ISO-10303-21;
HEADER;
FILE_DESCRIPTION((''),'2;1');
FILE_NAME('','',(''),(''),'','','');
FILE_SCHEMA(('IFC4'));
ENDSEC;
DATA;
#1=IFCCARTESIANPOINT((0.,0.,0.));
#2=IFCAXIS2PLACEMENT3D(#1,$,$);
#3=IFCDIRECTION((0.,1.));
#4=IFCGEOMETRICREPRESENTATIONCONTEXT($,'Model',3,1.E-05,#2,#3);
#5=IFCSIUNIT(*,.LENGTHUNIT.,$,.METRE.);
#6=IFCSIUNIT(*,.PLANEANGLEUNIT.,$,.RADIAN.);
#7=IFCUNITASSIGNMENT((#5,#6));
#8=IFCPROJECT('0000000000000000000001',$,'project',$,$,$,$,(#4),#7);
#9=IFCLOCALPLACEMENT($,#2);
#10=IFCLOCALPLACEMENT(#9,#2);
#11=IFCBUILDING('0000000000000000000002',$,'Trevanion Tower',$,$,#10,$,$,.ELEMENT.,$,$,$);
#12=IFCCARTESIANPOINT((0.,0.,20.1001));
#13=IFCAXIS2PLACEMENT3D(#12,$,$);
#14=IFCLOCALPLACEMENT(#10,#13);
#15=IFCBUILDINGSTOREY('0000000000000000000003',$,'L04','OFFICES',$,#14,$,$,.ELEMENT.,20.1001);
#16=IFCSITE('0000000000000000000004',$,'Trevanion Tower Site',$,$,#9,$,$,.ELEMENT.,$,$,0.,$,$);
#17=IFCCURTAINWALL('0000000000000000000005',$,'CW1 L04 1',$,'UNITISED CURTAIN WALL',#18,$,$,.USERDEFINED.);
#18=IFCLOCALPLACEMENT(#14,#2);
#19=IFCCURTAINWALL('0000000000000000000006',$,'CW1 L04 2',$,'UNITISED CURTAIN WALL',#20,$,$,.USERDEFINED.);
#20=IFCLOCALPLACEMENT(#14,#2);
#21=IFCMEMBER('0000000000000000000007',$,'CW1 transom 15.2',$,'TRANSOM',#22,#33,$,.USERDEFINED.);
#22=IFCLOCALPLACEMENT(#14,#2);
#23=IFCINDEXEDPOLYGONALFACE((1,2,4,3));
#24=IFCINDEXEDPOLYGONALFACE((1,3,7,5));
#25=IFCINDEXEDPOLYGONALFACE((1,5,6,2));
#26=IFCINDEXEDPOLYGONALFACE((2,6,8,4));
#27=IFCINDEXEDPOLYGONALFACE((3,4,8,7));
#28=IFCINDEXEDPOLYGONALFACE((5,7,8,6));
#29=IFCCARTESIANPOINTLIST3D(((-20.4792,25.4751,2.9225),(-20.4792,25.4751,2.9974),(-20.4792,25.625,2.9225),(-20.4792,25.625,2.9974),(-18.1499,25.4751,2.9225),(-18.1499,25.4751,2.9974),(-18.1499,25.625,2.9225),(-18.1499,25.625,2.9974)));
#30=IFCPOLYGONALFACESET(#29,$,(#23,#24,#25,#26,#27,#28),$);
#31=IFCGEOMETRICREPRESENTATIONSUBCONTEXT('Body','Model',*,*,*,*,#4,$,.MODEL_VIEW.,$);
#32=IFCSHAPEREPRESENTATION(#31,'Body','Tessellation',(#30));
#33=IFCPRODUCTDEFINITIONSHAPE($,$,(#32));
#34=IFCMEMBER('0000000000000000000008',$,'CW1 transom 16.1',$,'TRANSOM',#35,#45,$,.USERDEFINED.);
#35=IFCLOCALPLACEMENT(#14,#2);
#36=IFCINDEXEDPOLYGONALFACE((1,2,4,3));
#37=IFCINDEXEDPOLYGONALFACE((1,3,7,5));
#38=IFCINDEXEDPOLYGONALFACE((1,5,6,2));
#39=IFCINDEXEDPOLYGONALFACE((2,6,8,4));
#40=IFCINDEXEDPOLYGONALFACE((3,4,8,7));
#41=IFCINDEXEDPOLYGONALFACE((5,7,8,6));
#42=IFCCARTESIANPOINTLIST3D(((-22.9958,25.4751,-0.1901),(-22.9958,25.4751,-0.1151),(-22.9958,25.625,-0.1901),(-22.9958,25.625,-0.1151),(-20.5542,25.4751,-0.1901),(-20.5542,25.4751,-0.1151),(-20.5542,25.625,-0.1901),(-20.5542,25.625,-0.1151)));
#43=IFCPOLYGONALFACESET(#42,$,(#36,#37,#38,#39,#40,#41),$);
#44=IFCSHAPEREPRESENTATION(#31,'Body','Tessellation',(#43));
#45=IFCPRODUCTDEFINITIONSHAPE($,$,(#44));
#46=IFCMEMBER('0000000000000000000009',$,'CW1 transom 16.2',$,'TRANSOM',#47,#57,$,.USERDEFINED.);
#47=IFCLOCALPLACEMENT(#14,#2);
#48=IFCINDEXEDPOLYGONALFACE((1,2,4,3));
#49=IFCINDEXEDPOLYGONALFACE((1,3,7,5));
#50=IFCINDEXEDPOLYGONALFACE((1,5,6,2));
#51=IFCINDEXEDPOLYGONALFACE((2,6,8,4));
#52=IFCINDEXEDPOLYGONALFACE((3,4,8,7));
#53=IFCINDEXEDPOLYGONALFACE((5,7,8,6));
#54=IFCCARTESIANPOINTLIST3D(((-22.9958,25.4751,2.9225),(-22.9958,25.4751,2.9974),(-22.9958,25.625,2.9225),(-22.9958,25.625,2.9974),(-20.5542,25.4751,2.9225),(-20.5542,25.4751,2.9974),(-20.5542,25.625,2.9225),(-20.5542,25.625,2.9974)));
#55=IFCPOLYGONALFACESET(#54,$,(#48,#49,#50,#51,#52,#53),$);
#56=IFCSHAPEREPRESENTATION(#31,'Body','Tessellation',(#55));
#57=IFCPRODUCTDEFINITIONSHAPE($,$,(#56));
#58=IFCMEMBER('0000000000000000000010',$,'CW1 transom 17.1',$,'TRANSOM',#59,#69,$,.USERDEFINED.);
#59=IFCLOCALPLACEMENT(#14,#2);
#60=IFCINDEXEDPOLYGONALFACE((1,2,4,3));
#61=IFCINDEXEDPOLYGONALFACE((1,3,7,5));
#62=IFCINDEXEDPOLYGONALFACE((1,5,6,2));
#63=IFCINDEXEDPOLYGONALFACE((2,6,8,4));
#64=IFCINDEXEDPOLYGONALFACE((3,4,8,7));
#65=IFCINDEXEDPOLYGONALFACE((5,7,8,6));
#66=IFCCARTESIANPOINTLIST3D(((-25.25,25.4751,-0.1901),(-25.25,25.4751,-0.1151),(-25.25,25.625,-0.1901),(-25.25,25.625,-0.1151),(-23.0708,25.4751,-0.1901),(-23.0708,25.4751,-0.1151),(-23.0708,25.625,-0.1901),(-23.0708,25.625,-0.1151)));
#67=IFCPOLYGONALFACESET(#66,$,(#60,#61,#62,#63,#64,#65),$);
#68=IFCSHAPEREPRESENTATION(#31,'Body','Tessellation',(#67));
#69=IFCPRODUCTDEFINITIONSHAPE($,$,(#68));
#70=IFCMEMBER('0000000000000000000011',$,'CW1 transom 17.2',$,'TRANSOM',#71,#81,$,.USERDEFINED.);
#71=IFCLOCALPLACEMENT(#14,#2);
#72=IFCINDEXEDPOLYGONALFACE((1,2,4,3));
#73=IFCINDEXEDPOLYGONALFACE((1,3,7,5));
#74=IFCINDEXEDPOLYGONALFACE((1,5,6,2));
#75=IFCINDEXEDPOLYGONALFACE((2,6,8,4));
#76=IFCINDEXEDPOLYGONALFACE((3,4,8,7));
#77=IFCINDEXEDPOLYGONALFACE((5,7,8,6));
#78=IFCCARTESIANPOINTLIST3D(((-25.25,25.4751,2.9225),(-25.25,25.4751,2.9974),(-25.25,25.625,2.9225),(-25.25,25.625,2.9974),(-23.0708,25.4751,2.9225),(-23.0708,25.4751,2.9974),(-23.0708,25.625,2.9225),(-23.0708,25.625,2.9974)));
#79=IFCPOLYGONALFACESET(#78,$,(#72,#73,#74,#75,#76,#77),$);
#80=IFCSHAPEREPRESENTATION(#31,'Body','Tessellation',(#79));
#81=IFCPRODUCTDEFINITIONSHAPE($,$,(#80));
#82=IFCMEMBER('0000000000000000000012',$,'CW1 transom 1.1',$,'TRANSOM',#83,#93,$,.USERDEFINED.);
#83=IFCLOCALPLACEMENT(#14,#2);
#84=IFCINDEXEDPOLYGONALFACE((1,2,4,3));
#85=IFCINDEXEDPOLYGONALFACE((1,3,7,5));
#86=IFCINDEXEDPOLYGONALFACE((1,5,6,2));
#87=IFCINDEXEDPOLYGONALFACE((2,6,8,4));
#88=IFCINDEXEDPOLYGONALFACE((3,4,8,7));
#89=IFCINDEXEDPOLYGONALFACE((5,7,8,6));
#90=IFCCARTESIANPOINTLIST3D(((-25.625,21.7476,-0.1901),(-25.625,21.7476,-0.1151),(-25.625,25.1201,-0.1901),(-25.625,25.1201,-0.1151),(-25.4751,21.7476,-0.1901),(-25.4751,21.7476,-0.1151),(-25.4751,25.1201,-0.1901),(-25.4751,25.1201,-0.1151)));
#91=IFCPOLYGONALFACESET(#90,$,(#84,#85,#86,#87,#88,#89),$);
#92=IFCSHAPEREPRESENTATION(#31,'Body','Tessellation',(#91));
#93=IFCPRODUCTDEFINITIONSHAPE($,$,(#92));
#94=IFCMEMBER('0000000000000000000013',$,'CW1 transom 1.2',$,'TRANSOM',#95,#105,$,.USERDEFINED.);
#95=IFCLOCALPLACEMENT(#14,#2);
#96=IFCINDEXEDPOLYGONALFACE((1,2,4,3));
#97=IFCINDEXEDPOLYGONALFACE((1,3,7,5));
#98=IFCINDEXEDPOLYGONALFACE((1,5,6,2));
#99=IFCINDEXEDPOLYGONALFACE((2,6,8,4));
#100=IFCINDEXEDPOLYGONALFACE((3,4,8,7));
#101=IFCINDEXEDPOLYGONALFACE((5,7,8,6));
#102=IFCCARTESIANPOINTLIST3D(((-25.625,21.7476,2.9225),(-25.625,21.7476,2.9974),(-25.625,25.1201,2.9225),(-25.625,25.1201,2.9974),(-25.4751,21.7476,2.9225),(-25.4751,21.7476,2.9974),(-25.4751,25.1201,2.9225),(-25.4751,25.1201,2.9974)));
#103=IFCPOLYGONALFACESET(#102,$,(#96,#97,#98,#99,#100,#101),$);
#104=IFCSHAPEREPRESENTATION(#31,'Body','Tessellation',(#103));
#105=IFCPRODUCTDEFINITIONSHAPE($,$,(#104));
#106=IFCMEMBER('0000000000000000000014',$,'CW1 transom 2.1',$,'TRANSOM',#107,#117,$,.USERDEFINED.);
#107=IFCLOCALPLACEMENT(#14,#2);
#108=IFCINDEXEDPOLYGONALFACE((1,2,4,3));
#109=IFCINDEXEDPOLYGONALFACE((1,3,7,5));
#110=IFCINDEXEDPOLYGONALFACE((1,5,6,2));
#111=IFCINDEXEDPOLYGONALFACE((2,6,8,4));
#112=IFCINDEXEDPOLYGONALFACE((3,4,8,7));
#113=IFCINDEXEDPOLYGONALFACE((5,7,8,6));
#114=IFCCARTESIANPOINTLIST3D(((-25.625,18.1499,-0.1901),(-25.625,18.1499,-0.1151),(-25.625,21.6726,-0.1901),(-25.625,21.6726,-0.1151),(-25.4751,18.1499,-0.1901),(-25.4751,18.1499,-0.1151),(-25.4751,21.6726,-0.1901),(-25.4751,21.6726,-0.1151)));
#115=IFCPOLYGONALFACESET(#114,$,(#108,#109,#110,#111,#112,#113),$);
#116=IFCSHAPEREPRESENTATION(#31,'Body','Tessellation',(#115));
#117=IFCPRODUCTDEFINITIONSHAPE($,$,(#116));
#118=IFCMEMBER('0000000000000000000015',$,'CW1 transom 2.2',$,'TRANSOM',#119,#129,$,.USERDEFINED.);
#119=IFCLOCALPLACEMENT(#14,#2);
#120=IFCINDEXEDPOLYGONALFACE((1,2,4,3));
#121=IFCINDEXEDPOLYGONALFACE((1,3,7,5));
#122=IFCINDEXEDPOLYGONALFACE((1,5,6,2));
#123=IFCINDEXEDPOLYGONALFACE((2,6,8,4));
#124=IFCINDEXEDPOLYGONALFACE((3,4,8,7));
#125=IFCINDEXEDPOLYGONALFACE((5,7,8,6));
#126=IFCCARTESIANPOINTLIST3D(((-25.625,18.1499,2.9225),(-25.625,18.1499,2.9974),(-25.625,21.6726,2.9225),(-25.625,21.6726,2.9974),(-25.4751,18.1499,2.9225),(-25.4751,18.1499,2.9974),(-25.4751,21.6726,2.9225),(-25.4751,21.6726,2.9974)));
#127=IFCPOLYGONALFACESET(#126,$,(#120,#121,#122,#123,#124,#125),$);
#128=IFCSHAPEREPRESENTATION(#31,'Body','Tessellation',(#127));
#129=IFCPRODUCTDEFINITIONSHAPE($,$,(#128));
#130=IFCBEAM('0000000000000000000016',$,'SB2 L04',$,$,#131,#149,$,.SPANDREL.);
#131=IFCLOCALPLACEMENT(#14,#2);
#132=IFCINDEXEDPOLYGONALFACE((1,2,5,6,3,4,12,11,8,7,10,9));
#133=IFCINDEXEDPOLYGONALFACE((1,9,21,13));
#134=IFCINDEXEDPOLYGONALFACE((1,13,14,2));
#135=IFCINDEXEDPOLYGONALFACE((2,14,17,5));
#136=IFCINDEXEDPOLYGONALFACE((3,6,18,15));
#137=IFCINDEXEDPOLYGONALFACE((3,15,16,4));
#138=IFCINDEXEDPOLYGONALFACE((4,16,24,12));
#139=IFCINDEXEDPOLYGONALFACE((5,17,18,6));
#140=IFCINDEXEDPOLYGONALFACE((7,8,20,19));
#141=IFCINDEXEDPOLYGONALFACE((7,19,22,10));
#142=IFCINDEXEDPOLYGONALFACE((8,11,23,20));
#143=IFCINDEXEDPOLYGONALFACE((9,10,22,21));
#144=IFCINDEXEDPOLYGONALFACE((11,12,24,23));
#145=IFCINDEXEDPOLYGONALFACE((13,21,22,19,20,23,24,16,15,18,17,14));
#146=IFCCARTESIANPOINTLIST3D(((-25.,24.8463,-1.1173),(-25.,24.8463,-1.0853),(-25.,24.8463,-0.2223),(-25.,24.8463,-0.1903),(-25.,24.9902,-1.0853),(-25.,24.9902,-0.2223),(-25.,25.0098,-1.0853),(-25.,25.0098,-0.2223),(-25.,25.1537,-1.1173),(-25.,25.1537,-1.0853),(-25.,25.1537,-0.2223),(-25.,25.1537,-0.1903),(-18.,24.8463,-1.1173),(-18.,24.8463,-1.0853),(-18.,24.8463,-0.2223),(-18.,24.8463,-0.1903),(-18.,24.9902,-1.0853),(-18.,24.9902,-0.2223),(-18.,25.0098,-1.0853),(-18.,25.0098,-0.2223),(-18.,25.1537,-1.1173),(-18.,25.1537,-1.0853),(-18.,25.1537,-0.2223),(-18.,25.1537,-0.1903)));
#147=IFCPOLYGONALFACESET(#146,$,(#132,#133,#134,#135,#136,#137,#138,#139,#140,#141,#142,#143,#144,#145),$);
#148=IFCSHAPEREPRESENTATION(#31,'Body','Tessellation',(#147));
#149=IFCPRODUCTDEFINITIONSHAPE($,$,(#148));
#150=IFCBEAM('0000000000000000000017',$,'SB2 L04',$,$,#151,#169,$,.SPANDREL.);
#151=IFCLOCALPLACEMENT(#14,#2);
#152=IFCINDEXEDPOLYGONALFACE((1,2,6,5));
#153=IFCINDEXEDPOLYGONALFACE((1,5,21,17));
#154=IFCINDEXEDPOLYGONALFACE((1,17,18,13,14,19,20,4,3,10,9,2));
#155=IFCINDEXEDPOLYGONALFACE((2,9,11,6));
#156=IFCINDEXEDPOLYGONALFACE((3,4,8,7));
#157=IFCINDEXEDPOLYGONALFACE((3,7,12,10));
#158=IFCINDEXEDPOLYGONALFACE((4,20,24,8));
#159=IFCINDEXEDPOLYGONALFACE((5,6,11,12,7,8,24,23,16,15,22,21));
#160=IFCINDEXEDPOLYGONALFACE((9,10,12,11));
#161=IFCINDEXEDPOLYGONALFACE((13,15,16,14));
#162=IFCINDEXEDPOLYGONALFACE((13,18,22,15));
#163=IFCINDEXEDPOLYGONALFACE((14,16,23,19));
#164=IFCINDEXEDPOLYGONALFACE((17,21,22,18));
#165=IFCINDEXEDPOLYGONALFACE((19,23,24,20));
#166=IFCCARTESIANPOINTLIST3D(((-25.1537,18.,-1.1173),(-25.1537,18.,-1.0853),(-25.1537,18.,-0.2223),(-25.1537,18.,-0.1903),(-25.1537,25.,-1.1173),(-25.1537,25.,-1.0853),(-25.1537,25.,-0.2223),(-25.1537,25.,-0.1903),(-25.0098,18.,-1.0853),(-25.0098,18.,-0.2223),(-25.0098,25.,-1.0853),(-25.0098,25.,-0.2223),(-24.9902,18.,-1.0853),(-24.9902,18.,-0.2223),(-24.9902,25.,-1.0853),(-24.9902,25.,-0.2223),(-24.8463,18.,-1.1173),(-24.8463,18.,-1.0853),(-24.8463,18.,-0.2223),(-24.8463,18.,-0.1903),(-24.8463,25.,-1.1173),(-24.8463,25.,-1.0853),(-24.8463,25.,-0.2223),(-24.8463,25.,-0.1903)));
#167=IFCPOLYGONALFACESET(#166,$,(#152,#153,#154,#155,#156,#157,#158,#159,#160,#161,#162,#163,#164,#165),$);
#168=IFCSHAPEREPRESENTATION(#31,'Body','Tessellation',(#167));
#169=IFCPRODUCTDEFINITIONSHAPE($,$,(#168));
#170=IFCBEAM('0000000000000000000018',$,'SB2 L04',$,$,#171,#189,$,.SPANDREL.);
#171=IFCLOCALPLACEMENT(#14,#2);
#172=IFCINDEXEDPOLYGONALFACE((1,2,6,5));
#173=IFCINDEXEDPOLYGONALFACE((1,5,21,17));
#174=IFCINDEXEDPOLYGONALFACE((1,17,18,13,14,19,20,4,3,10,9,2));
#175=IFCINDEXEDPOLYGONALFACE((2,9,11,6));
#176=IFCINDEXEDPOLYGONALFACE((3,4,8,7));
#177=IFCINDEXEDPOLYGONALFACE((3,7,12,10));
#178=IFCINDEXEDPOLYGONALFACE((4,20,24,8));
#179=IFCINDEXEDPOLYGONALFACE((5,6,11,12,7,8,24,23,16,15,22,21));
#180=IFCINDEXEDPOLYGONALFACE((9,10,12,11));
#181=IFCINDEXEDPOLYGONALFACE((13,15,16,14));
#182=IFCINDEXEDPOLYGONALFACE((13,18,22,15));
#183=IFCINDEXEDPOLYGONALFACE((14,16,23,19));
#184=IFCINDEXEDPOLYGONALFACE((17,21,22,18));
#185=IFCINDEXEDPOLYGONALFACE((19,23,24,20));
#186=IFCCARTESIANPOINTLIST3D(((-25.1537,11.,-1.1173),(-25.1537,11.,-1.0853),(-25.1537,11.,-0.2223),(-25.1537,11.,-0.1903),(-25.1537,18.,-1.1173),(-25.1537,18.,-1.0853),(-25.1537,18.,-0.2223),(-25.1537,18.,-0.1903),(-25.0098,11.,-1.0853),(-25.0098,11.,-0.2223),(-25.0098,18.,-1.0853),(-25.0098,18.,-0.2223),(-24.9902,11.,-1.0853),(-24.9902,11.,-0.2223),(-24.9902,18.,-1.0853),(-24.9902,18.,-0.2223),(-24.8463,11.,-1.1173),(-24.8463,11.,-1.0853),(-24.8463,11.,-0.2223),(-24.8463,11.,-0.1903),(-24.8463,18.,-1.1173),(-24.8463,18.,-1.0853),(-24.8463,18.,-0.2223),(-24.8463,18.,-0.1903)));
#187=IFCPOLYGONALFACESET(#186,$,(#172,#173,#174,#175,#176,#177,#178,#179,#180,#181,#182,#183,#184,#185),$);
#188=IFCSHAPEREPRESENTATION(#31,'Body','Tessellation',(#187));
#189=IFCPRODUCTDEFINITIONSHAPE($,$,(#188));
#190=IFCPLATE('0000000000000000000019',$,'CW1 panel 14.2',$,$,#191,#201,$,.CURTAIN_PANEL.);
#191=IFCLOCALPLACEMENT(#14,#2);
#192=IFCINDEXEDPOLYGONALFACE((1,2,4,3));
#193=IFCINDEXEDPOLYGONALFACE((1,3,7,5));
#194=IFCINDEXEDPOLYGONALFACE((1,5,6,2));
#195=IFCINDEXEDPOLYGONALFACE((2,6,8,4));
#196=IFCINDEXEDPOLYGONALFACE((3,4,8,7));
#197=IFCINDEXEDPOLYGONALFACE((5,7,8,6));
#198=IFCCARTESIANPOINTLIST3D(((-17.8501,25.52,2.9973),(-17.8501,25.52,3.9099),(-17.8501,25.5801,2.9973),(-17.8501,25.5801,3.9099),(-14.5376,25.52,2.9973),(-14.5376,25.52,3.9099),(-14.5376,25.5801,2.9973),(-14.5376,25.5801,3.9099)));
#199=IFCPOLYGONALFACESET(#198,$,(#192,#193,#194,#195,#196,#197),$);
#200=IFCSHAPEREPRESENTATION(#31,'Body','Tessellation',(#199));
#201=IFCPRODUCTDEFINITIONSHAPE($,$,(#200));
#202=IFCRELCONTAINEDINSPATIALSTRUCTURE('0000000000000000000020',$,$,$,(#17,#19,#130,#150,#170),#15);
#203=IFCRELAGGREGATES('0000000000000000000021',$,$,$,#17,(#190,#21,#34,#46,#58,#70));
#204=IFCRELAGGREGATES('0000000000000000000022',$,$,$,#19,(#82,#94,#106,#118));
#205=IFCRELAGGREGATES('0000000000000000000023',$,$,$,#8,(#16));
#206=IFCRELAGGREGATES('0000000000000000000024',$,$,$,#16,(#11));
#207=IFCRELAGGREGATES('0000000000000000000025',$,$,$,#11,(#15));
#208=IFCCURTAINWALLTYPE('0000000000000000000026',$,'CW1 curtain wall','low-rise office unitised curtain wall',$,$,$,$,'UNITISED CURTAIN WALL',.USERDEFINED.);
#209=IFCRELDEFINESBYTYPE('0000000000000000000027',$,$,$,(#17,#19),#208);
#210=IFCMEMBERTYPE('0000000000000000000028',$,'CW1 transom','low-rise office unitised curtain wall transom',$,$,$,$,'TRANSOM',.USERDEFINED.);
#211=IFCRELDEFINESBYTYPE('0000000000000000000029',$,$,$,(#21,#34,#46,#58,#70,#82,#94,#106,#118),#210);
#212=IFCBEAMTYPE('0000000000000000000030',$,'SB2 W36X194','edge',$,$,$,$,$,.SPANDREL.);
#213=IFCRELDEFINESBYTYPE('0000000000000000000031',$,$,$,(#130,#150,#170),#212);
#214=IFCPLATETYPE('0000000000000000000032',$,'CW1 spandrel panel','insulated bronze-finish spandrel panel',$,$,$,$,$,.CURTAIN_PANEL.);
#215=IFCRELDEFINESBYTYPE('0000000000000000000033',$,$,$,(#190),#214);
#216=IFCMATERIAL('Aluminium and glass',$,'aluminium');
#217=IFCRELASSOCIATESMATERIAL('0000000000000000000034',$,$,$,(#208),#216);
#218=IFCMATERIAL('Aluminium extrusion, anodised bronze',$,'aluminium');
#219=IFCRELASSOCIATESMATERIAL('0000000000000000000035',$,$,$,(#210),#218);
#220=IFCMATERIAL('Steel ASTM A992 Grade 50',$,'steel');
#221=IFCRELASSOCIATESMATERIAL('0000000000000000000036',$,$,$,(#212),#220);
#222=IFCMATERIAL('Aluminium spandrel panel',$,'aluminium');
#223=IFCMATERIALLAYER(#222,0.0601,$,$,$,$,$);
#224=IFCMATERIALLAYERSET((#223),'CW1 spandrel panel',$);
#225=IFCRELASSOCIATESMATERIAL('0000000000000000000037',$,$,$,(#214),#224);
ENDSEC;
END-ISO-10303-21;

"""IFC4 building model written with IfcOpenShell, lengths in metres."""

from ifc_helpers import new_model, si_unit, direction, frame, origin, origin_2d, place, context, subcontext, project, spatial, rectangle, i_section, extrude, material, layer, layer_set, material_profile, profile_set, type_object, element, aggregate, save


model = new_model("IFC4")

# Units and contexts
model_context = context("Model", 3, precision=1e-05, world=origin(), true_north=direction((0.0, 1.0)))
body_context = subcontext(model_context, "Body", "Model", "MODEL_VIEW")
ifc_project = project(units=[si_unit("LENGTHUNIT", "METRE"), si_unit("PLANEANGLEUNIT", "RADIAN")], contexts=[model_context])

# Site, building, storey
site_placement = place(None, origin())
site = spatial("IfcSite", under=ifc_project, at=site_placement, Name="Trevanion Tower Site", CompositionType="ELEMENT", RefElevation=0.0)
building_placement = place(site_placement, origin())
building = spatial("IfcBuilding", under=site, at=building_placement, Name="Trevanion Tower", CompositionType="ELEMENT")
storey_placement = place(building_placement, frame((0.0, 0.0, 20.1001)))
storey = spatial("IfcBuildingStorey", under=building, at=storey_placement, Name="L04", Description="OFFICES", CompositionType="ELEMENT", Elevation=20.1001)

# Curtain wall
ifc_material_1 = material(Name="Aluminium and glass", Category="aluminium")
curtain_wall_type = type_object("IfcCurtainWallType", Name="CW1 curtain wall", Description="low-rise office unitised curtain wall", ElementType="UNITISED CURTAIN WALL", PredefinedType="USERDEFINED", material=ifc_material_1)
curtain_wall_1_placement = place(storey_placement, origin())
curtain_wall_1 = element("IfcCurtainWall", 1, at=curtain_wall_1_placement, inside=storey, type_object=curtain_wall_type, Name="CW1 L04 1", ObjectType="UNITISED CURTAIN WALL", PredefinedType="USERDEFINED")

# Curtain wall
curtain_wall_2_placement = place(storey_placement, origin())
curtain_wall_2 = element("IfcCurtainWall", 2, at=curtain_wall_2_placement, inside=storey, type_object=curtain_wall_type, Name="CW1 L04 2", ObjectType="UNITISED CURTAIN WALL", PredefinedType="USERDEFINED")

# Members
ifc_material_2 = material(Name="Aluminium extrusion, anodised bronze", Category="aluminium")
ifc_material_profile_1 = material_profile(ifc_material_2, rectangle(XDim=0.1499, YDim=0.075, at=origin_2d()), Name="CW1 transom")
ifc_profile_set_1 = profile_set([ifc_material_profile_1], Name="Aluminium extrusion, anodised bronze")
member_type_1 = type_object("IfcMemberType", Name="CW1 transom", Description="low-rise office unitised curtain wall transom", ElementType="TRANSOM", PredefinedType="USERDEFINED", material=ifc_profile_set_1)
member_1_placement = place(storey_placement, frame((-18.1499, 25.55, 2.96), z_axis=(-1.0, 0.0, 0.0), x_axis=(0.0, -1.0, 0.0)))
member_1 = element("IfcMember", 3, at=member_1_placement, type_object=member_type_1, Name="CW1 transom 15.2", ObjectType="TRANSOM", PredefinedType="USERDEFINED", context=body_context, shape_type="SweptSolid", body=[
    extrude(rectangle(XDim=0.1499, YDim=0.075, at=origin_2d()), origin(), (0.0, 0.0, 1.0), 2.3293),
])
member_2_placement = place(storey_placement, frame((-20.5542, 25.55, -0.1526), z_axis=(-1.0, 0.0, 0.0), x_axis=(0.0, -1.0, 0.0)))
member_2 = element("IfcMember", 4, at=member_2_placement, type_object=member_type_1, Name="CW1 transom 16.1", ObjectType="TRANSOM", PredefinedType="USERDEFINED", context=body_context, shape_type="SweptSolid", body=[
    extrude(rectangle(XDim=0.1499, YDim=0.075, at=origin_2d()), origin(), (0.0, 0.0, 1.0), 2.4417),
])
member_3_placement = place(storey_placement, frame((-20.5542, 25.55, 2.96), z_axis=(-1.0, 0.0, 0.0), x_axis=(0.0, -1.0, 0.0)))
member_3 = element("IfcMember", 5, at=member_3_placement, type_object=member_type_1, Name="CW1 transom 16.2", ObjectType="TRANSOM", PredefinedType="USERDEFINED", context=body_context, shape_type="SweptSolid", body=[
    extrude(rectangle(XDim=0.1499, YDim=0.075, at=origin_2d()), origin(), (0.0, 0.0, 1.0), 2.4417),
])
member_4_placement = place(storey_placement, frame((-23.0708, 25.55, -0.1526), z_axis=(-1.0, 0.0, 0.0), x_axis=(0.0, -1.0, 0.0)))
member_4 = element("IfcMember", 6, at=member_4_placement, type_object=member_type_1, Name="CW1 transom 17.1", ObjectType="TRANSOM", PredefinedType="USERDEFINED", context=body_context, shape_type="SweptSolid", body=[
    extrude(rectangle(XDim=0.1499, YDim=0.075, at=origin_2d()), origin(), (0.0, 0.0, 1.0), 2.1792),
])
member_5_placement = place(storey_placement, frame((-23.0708, 25.55, 2.96), z_axis=(-1.0, 0.0, 0.0), x_axis=(0.0, -1.0, 0.0)))
member_5 = element("IfcMember", 7, at=member_5_placement, type_object=member_type_1, Name="CW1 transom 17.2", ObjectType="TRANSOM", PredefinedType="USERDEFINED", context=body_context, shape_type="SweptSolid", body=[
    extrude(rectangle(XDim=0.1499, YDim=0.075, at=origin_2d()), origin(), (0.0, 0.0, 1.0), 2.1792),
])
member_6_placement = place(storey_placement, frame((-25.55, 25.1201, -0.1526), z_axis=(0.0, -1.0, 0.0), x_axis=(1.0, 0.0, 0.0)))
member_6 = element("IfcMember", 8, at=member_6_placement, type_object=member_type_1, Name="CW1 transom 1.1", ObjectType="TRANSOM", PredefinedType="USERDEFINED", context=body_context, shape_type="SweptSolid", body=[
    extrude(rectangle(XDim=0.1499, YDim=0.075, at=origin_2d()), origin(), (0.0, 0.0, 1.0), 3.3726),
])
member_7_placement = place(storey_placement, frame((-25.55, 25.1201, 2.96), z_axis=(0.0, -1.0, 0.0), x_axis=(1.0, 0.0, 0.0)))
member_7 = element("IfcMember", 9, at=member_7_placement, type_object=member_type_1, Name="CW1 transom 1.2", ObjectType="TRANSOM", PredefinedType="USERDEFINED", context=body_context, shape_type="SweptSolid", body=[
    extrude(rectangle(XDim=0.1499, YDim=0.075, at=origin_2d()), origin(), (0.0, 0.0, 1.0), 3.3726),
])
member_8_placement = place(storey_placement, frame((-25.55, 21.6726, -0.1526), z_axis=(0.0, -1.0, 0.0), x_axis=(1.0, 0.0, 0.0)))
member_8 = element("IfcMember", 10, at=member_8_placement, type_object=member_type_1, Name="CW1 transom 2.1", ObjectType="TRANSOM", PredefinedType="USERDEFINED", context=body_context, shape_type="SweptSolid", body=[
    extrude(rectangle(XDim=0.1499, YDim=0.075, at=origin_2d()), origin(), (0.0, 0.0, 1.0), 3.5227),
])
member_9_placement = place(storey_placement, frame((-25.55, 21.6726, 2.96), z_axis=(0.0, -1.0, 0.0), x_axis=(1.0, 0.0, 0.0)))
member_9 = element("IfcMember", 11, at=member_9_placement, type_object=member_type_1, Name="CW1 transom 2.2", ObjectType="TRANSOM", PredefinedType="USERDEFINED", context=body_context, shape_type="SweptSolid", body=[
    extrude(rectangle(XDim=0.1499, YDim=0.075, at=origin_2d()), origin(), (0.0, 0.0, 1.0), 3.5227),
])

# Beams
ifc_material_3 = material(Name="Steel ASTM A992 Grade 50", Category="steel")
ifc_material_profile_2 = material_profile(ifc_material_3, i_section(OverallWidth=0.3074, OverallDepth=0.927, WebThickness=0.0195, FlangeThickness=0.032, at=origin_2d()), Name="W36X194")
ifc_profile_set_2 = profile_set([ifc_material_profile_2], Name="Steel ASTM A992 Grade 50")
beam_type = type_object("IfcBeamType", Name="SB2 W36X194", Description="edge", PredefinedType="SPANDREL", material=ifc_profile_set_2)
for number, where, z_axis, x_axis, name in (
    (12, (-18.0, 25.0, -0.6538), (-1.0, 0.0, 0.0), (0.0, -1.0, 0.0), "SB2 L04"),
    (13, (-25.0, 25.0, -0.6538), (0.0, -1.0, 0.0), (1.0, 0.0, 0.0), "SB2 L04"),
    (14, (-25.0, 18.0, -0.6538), (0.0, -1.0, 0.0), (1.0, 0.0, 0.0), "SB2 L04"),
):
    element("IfcBeam", number, at=place(storey_placement, frame(where, z_axis=z_axis, x_axis=x_axis)), inside=storey, type_object=beam_type, Name=name, PredefinedType="SPANDREL", context=body_context, shape_type="SweptSolid", body=[
        extrude(i_section(OverallWidth=0.3074, OverallDepth=0.927, WebThickness=0.0195, FlangeThickness=0.032, at=origin_2d()), origin(), (0.0, 0.0, 1.0), 7.0),
    ])

# Plate
ifc_material_4 = material(Name="Aluminium spandrel panel", Category="aluminium")
ifc_layer_1 = layer(ifc_material_4, 0.0601)
ifc_layer_set_1 = layer_set([ifc_layer_1], Name="CW1 spandrel panel")
plate_type_1 = type_object("IfcPlateType", Name="CW1 spandrel panel", Description="insulated bronze-finish spandrel panel", PredefinedType="CURTAIN_PANEL", material=ifc_layer_set_1)
plate_1_placement = place(storey_placement, frame((-16.1938, 25.55, 2.9973), z_axis=(0.0, 0.0, 1.0), x_axis=(-1.0, 0.0, 0.0)))
plate_1 = element("IfcPlate", 15, at=plate_1_placement, type_object=plate_type_1, Name="CW1 panel 14.2", PredefinedType="CURTAIN_PANEL", context=body_context, shape_type="SweptSolid", body=[
    extrude(rectangle(XDim=3.3125, YDim=0.0601, at=origin_2d()), origin(), (0.0, 0.0, 1.0), 0.9126),
])
aggregate(curtain_wall_1, [plate_1, member_1, member_2, member_3, member_4, member_5])
aggregate(curtain_wall_2, [member_6, member_7, member_8, member_9])

save(model, "model.ifc")
